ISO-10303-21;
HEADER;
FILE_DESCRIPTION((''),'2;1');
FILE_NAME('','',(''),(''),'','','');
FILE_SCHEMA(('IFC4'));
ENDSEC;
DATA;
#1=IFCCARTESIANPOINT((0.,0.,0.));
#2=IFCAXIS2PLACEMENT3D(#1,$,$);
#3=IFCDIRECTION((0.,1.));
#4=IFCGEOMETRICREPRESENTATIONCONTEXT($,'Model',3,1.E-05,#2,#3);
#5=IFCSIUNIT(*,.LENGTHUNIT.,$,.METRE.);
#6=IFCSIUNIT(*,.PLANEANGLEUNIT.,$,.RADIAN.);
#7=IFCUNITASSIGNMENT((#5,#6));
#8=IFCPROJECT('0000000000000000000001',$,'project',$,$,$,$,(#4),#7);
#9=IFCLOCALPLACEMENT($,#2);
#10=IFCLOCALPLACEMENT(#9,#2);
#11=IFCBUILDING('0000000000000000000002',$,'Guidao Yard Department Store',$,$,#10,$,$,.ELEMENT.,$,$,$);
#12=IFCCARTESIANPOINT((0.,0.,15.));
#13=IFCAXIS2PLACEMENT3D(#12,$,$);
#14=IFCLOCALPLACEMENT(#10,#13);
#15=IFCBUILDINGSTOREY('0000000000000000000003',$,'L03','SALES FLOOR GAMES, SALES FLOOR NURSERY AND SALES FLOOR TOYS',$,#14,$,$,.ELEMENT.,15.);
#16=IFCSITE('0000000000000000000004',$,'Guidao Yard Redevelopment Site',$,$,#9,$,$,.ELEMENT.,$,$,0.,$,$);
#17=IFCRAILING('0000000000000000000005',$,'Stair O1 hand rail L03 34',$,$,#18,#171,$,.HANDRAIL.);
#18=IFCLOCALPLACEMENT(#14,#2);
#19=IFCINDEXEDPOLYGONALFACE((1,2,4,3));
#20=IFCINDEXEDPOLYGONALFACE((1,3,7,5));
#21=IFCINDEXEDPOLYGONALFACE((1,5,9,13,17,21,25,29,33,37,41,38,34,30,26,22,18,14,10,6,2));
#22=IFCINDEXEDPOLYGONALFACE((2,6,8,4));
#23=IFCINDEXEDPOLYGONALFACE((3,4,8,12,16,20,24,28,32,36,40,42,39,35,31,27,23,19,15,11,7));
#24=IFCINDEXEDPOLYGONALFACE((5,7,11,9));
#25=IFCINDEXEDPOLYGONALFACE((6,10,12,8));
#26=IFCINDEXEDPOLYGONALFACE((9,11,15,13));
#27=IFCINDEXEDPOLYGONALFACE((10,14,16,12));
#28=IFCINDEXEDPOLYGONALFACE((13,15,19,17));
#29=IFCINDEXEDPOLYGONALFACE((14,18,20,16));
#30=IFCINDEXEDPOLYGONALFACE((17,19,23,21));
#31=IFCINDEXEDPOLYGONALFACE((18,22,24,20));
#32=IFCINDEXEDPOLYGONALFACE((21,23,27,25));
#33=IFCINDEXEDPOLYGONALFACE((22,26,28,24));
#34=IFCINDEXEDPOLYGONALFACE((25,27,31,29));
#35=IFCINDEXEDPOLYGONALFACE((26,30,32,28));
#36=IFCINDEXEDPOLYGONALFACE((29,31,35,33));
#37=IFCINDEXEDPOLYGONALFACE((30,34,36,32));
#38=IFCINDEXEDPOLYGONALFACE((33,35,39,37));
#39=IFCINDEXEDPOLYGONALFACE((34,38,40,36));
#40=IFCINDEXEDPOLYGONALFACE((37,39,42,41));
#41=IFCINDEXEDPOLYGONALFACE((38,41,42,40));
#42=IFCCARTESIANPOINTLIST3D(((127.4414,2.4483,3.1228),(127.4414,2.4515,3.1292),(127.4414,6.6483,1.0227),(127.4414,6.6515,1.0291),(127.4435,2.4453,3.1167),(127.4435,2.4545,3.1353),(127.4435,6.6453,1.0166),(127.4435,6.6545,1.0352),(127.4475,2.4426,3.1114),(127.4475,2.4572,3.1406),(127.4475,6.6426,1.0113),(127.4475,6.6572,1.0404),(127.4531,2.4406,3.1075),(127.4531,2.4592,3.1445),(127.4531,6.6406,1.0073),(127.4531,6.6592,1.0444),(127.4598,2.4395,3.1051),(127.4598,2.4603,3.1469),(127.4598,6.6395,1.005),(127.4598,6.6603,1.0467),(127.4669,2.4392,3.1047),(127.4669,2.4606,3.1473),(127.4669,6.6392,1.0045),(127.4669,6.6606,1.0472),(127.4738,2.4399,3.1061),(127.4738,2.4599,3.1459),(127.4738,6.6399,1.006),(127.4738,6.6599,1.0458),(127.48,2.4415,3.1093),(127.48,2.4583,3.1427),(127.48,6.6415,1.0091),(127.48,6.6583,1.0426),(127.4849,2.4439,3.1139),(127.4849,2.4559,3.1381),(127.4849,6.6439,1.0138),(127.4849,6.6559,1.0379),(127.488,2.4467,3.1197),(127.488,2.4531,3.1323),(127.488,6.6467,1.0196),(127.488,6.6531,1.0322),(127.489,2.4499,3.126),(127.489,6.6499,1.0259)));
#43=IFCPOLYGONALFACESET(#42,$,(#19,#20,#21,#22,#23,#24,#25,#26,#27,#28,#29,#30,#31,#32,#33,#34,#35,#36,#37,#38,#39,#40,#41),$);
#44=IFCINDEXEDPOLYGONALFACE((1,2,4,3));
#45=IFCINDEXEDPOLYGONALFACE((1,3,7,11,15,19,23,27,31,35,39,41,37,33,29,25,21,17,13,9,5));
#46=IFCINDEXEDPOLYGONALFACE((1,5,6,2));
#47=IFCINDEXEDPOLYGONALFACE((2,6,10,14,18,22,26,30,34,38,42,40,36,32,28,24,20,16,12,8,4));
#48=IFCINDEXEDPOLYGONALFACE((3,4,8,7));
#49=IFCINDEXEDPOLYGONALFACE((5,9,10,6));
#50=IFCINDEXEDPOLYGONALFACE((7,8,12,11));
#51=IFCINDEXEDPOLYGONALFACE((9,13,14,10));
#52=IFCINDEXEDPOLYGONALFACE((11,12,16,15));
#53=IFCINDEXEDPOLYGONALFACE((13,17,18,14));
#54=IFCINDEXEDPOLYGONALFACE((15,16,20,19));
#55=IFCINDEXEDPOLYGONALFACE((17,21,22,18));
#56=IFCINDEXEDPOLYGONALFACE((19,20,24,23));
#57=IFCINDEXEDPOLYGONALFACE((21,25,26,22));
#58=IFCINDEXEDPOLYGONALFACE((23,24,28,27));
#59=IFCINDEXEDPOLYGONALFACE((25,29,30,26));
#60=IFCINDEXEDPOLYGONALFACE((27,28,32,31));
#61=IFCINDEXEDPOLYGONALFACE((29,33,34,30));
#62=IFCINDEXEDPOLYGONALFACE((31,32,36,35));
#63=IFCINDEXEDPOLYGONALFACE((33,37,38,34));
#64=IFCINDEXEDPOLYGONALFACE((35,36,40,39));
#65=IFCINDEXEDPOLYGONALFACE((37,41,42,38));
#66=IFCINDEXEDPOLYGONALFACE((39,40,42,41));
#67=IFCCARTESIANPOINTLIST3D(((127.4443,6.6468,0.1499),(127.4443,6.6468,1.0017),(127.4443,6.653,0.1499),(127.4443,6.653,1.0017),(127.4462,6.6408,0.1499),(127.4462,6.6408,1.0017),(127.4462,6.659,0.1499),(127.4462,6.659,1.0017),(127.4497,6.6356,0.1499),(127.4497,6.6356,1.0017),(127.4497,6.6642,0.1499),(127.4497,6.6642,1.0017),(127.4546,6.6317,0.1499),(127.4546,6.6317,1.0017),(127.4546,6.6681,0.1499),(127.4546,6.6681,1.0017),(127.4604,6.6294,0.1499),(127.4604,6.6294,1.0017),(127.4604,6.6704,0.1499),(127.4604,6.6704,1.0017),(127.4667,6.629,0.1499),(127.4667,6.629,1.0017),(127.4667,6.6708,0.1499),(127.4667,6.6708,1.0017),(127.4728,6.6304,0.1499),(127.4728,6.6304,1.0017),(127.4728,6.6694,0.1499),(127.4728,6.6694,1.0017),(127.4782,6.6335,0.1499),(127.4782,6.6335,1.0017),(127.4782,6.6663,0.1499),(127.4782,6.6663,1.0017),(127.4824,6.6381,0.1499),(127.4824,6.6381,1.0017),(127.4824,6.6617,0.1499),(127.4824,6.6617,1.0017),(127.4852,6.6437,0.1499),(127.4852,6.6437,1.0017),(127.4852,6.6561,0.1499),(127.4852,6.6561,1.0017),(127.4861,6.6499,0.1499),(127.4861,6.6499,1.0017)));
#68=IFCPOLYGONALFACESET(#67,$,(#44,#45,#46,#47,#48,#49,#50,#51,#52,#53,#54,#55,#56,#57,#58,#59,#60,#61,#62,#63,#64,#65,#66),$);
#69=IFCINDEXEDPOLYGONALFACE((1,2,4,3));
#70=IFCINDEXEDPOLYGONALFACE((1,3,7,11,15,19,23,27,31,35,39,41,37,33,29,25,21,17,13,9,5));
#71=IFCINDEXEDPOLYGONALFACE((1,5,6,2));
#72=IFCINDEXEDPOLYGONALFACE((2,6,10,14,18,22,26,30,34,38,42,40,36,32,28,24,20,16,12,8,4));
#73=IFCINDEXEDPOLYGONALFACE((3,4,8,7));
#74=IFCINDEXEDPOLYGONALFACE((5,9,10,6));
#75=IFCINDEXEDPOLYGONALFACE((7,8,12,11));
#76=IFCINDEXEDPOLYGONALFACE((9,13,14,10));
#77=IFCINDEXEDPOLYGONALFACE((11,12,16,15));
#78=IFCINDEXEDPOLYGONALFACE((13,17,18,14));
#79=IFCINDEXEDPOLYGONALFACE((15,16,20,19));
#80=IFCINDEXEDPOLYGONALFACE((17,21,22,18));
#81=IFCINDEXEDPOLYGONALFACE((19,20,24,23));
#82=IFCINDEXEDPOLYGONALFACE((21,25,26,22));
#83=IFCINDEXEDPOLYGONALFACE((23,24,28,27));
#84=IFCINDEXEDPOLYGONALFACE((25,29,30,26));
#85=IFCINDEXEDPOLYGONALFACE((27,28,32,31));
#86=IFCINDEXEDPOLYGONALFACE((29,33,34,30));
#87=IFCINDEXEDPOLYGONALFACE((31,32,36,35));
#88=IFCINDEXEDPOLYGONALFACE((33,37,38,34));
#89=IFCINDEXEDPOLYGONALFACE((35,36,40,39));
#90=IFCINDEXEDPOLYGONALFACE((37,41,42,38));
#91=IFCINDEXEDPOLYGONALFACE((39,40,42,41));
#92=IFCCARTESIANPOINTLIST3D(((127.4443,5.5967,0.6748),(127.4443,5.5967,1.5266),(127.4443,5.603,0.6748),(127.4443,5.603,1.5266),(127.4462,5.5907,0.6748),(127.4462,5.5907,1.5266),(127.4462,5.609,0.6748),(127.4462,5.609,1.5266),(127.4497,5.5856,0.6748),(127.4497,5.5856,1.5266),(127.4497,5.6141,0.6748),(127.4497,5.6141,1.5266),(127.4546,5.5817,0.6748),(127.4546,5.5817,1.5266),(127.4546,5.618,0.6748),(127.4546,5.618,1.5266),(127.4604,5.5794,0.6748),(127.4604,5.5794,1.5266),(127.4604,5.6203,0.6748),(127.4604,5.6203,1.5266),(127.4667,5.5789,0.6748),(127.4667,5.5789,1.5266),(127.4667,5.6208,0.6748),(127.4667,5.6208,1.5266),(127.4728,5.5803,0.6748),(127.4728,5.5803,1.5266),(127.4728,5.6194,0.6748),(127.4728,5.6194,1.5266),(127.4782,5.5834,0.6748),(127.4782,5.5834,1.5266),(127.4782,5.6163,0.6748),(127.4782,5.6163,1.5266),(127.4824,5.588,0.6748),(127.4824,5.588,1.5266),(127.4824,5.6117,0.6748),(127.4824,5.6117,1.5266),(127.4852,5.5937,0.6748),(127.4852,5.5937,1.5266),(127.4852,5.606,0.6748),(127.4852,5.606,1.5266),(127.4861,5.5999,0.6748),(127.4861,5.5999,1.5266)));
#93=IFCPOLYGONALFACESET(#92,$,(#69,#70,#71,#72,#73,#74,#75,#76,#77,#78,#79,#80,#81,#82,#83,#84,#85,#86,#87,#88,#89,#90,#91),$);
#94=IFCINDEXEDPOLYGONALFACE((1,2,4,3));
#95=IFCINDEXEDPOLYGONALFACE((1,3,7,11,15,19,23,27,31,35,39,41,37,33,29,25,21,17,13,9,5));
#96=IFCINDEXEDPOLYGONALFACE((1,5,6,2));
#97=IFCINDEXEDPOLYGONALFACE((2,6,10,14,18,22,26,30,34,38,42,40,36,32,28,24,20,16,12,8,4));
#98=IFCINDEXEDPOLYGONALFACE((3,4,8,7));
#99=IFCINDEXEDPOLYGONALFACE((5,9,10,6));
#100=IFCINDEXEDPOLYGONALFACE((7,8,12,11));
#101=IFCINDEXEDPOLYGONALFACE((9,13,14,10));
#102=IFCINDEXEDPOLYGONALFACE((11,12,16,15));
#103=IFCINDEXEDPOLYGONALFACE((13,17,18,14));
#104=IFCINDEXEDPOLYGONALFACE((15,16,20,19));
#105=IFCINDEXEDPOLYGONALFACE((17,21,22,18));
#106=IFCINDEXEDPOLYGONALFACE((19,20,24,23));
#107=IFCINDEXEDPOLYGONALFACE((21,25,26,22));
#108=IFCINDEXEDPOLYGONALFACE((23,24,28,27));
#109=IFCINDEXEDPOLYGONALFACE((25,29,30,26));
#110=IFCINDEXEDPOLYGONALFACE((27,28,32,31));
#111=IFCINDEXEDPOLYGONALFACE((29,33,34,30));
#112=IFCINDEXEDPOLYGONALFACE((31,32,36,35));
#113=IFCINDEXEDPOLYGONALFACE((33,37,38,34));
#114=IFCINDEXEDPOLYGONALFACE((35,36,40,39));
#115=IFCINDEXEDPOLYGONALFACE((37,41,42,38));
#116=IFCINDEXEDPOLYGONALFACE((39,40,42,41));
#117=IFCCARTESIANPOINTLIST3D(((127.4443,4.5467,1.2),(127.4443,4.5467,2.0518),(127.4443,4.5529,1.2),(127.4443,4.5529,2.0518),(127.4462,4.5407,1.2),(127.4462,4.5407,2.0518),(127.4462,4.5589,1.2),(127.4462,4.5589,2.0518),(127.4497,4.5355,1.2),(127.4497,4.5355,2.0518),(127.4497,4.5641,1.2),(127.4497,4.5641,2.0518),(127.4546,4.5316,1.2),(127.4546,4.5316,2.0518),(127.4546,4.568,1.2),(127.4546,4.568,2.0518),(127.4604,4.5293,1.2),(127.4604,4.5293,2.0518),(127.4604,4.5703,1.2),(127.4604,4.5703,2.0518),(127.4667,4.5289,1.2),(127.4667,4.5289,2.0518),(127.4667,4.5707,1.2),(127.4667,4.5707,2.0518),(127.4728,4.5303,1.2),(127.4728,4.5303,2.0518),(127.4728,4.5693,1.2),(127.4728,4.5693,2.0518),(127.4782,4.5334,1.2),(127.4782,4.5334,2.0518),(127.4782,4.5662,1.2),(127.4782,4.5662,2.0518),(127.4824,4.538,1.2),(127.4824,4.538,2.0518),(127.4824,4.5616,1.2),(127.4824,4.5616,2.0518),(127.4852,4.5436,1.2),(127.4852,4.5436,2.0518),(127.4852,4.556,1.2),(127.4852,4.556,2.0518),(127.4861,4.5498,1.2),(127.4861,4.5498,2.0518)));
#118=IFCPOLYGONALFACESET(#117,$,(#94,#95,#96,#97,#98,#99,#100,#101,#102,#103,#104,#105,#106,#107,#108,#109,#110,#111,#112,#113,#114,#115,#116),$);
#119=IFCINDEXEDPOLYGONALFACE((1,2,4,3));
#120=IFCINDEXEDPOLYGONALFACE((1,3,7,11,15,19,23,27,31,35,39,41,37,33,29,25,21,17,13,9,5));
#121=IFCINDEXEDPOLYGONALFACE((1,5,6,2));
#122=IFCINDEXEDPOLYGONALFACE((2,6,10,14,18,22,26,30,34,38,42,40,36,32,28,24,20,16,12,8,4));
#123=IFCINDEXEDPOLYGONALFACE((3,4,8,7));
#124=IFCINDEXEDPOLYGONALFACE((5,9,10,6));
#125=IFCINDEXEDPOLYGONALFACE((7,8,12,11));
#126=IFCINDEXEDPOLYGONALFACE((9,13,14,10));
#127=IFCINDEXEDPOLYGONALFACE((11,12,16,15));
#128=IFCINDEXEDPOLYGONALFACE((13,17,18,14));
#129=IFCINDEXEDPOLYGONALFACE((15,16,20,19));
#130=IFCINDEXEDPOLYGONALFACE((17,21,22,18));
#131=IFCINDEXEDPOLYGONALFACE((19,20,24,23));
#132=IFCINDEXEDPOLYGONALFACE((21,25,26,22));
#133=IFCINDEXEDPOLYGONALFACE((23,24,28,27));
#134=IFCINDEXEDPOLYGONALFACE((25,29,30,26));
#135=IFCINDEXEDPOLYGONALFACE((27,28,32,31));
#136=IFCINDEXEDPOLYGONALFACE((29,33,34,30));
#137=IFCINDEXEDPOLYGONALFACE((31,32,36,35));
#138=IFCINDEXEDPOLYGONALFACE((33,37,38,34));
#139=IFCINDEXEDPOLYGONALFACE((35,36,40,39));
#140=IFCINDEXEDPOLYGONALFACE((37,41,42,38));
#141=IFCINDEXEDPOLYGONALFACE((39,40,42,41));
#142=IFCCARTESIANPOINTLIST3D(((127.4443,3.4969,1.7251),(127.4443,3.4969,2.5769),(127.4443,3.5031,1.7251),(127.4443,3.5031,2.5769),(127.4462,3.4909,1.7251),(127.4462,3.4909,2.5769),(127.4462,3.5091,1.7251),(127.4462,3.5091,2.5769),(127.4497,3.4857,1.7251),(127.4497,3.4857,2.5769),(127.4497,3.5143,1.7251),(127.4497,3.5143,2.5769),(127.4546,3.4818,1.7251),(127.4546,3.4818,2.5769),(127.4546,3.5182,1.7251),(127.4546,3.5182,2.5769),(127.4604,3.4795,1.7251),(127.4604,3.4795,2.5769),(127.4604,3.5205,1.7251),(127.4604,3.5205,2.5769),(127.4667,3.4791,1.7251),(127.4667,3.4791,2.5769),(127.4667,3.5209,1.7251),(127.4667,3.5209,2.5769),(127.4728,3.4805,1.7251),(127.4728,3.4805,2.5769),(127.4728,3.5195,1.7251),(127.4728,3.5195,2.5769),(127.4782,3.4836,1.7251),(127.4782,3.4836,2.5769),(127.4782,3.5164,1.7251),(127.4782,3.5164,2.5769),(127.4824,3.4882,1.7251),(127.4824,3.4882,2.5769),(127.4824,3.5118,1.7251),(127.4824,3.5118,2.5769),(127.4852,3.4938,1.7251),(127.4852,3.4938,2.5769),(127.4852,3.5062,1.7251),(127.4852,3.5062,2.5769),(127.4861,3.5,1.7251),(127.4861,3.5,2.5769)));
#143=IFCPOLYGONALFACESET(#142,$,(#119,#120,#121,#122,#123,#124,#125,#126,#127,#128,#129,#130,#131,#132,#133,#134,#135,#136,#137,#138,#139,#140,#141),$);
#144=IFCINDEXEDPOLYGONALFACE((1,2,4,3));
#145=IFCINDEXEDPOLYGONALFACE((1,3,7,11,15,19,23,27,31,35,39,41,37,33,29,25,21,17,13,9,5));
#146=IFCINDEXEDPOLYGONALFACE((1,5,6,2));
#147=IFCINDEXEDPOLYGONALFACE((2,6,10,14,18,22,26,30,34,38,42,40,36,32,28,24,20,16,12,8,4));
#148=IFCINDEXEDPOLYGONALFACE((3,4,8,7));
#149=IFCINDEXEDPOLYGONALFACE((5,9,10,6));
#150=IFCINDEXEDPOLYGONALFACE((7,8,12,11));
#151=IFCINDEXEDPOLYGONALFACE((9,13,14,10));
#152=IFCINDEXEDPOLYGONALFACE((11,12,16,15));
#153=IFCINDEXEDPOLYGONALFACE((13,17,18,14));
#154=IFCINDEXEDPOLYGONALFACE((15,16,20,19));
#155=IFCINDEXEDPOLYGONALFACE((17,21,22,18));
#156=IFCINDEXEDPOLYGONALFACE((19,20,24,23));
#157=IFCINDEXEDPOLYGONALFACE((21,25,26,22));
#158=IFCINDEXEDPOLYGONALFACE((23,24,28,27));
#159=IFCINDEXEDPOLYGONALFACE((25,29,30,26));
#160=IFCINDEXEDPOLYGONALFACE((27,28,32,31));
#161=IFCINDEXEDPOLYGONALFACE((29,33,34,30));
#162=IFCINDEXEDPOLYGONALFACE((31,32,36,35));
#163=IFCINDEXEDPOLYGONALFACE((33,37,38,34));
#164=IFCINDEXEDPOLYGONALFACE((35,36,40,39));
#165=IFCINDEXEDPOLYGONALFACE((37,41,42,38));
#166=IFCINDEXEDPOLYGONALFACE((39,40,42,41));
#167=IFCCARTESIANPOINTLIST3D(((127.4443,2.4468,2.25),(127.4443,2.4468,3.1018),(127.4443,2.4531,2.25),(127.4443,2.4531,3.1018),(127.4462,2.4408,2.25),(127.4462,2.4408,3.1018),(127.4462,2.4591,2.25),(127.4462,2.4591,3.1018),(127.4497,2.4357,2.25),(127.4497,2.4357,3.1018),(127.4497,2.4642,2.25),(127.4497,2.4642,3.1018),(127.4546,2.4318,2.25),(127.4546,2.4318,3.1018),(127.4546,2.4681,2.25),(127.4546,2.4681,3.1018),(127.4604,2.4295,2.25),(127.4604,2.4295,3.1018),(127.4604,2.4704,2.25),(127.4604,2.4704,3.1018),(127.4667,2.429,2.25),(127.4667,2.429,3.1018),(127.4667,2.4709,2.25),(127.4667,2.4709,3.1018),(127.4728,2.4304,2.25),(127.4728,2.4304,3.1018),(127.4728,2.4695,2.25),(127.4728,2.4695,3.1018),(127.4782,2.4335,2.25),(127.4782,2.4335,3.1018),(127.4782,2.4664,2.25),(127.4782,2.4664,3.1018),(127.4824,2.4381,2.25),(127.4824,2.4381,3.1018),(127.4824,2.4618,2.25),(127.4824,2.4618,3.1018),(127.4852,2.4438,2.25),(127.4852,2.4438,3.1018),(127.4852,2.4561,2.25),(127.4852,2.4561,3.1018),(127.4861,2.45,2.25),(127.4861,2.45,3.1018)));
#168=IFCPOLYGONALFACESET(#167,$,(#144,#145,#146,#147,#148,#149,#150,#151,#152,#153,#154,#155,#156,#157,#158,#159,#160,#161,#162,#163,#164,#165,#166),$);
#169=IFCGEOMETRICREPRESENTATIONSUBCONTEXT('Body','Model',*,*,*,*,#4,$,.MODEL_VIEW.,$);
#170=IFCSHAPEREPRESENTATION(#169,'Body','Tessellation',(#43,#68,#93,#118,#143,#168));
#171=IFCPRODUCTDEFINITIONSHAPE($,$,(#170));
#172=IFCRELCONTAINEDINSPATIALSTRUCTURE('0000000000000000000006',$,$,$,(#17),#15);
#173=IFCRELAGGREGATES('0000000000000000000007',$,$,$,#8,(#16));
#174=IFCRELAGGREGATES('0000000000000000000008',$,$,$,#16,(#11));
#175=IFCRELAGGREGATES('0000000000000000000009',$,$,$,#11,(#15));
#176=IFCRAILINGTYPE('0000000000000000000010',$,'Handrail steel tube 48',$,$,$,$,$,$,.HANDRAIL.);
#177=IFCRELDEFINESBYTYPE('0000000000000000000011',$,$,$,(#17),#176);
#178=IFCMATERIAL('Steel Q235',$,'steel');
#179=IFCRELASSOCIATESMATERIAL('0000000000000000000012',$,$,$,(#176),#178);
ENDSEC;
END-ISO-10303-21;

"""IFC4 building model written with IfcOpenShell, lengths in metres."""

from ifc_helpers import new_model, si_unit, direction, frame, origin, origin_2d, place, context, subcontext, project, spatial, circle, extrude, material, type_object, element, save


model = new_model("IFC4")

# Units and contexts
model_context = context("Model", 3, precision=1e-05, world=origin(), true_north=direction((0.0, 1.0)))
body_context = subcontext(model_context, "Body", "Model", "MODEL_VIEW")
ifc_project = project(units=[si_unit("LENGTHUNIT", "METRE"), si_unit("PLANEANGLEUNIT", "RADIAN")], contexts=[model_context])

# Site, building, storey
site_placement = place(None, origin())
site = spatial("IfcSite", under=ifc_project, at=site_placement, Name="Guidao Yard Redevelopment Site", CompositionType="ELEMENT", RefElevation=0.0)
building_placement = place(site_placement, origin())
building = spatial("IfcBuilding", under=site, at=building_placement, Name="Guidao Yard Department Store", CompositionType="ELEMENT")
storey_placement = place(building_placement, frame((0.0, 0.0, 15.0)))
storey = spatial("IfcBuildingStorey", under=building, at=storey_placement, Name="L03", Description="SALES FLOOR GAMES, SALES FLOOR NURSERY AND SALES FLOOR TOYS", CompositionType="ELEMENT", Elevation=15.0)

# Railing
ifc_material_1 = material(Name="Steel Q235", Category="steel")
railing_type = type_object("IfcRailingType", Name="Handrail steel tube 48", PredefinedType="HANDRAIL", material=ifc_material_1)
for number, where, name in (
    (1, (127.4651, 6.6499, 0.1499), "Stair O1 hand rail L03 34"),
):
    element("IfcRailing", number, at=place(storey_placement, frame(where)), inside=storey, type_object=railing_type, Name=name, PredefinedType="HANDRAIL", context=body_context, shape_type="SweptSolid", body=[
        extrude(circle(Radius=0.0239, at=origin_2d()), frame((0.0, 0.0, 0.876), z_axis=(0.0, -0.894417, 0.447234), x_axis=(1.0, 0.0, 0.0)), (0.0, 0.0, 1.0), 4.6958),
        extrude(circle(Radius=0.021, at=origin_2d()), origin(), (0.0, 0.0, 1.0), 0.8518),
        extrude(circle(Radius=0.021, at=origin_2d()), frame((0.0, -1.05, 0.5249)), (0.0, 0.0, 1.0), 0.8518),
        extrude(circle(Radius=0.021, at=origin_2d()), frame((0.0, -2.1001, 1.05)), (0.0, 0.0, 1.0), 0.8518),
        extrude(circle(Radius=0.021, at=origin_2d()), frame((0.0, -3.1499, 1.5752)), (0.0, 0.0, 1.0), 0.8518),
        extrude(circle(Radius=0.021, at=origin_2d()), frame((0.0, -4.2, 2.1001)), (0.0, 0.0, 1.0), 0.8518),
    ])

save(model, "model.ifc")
